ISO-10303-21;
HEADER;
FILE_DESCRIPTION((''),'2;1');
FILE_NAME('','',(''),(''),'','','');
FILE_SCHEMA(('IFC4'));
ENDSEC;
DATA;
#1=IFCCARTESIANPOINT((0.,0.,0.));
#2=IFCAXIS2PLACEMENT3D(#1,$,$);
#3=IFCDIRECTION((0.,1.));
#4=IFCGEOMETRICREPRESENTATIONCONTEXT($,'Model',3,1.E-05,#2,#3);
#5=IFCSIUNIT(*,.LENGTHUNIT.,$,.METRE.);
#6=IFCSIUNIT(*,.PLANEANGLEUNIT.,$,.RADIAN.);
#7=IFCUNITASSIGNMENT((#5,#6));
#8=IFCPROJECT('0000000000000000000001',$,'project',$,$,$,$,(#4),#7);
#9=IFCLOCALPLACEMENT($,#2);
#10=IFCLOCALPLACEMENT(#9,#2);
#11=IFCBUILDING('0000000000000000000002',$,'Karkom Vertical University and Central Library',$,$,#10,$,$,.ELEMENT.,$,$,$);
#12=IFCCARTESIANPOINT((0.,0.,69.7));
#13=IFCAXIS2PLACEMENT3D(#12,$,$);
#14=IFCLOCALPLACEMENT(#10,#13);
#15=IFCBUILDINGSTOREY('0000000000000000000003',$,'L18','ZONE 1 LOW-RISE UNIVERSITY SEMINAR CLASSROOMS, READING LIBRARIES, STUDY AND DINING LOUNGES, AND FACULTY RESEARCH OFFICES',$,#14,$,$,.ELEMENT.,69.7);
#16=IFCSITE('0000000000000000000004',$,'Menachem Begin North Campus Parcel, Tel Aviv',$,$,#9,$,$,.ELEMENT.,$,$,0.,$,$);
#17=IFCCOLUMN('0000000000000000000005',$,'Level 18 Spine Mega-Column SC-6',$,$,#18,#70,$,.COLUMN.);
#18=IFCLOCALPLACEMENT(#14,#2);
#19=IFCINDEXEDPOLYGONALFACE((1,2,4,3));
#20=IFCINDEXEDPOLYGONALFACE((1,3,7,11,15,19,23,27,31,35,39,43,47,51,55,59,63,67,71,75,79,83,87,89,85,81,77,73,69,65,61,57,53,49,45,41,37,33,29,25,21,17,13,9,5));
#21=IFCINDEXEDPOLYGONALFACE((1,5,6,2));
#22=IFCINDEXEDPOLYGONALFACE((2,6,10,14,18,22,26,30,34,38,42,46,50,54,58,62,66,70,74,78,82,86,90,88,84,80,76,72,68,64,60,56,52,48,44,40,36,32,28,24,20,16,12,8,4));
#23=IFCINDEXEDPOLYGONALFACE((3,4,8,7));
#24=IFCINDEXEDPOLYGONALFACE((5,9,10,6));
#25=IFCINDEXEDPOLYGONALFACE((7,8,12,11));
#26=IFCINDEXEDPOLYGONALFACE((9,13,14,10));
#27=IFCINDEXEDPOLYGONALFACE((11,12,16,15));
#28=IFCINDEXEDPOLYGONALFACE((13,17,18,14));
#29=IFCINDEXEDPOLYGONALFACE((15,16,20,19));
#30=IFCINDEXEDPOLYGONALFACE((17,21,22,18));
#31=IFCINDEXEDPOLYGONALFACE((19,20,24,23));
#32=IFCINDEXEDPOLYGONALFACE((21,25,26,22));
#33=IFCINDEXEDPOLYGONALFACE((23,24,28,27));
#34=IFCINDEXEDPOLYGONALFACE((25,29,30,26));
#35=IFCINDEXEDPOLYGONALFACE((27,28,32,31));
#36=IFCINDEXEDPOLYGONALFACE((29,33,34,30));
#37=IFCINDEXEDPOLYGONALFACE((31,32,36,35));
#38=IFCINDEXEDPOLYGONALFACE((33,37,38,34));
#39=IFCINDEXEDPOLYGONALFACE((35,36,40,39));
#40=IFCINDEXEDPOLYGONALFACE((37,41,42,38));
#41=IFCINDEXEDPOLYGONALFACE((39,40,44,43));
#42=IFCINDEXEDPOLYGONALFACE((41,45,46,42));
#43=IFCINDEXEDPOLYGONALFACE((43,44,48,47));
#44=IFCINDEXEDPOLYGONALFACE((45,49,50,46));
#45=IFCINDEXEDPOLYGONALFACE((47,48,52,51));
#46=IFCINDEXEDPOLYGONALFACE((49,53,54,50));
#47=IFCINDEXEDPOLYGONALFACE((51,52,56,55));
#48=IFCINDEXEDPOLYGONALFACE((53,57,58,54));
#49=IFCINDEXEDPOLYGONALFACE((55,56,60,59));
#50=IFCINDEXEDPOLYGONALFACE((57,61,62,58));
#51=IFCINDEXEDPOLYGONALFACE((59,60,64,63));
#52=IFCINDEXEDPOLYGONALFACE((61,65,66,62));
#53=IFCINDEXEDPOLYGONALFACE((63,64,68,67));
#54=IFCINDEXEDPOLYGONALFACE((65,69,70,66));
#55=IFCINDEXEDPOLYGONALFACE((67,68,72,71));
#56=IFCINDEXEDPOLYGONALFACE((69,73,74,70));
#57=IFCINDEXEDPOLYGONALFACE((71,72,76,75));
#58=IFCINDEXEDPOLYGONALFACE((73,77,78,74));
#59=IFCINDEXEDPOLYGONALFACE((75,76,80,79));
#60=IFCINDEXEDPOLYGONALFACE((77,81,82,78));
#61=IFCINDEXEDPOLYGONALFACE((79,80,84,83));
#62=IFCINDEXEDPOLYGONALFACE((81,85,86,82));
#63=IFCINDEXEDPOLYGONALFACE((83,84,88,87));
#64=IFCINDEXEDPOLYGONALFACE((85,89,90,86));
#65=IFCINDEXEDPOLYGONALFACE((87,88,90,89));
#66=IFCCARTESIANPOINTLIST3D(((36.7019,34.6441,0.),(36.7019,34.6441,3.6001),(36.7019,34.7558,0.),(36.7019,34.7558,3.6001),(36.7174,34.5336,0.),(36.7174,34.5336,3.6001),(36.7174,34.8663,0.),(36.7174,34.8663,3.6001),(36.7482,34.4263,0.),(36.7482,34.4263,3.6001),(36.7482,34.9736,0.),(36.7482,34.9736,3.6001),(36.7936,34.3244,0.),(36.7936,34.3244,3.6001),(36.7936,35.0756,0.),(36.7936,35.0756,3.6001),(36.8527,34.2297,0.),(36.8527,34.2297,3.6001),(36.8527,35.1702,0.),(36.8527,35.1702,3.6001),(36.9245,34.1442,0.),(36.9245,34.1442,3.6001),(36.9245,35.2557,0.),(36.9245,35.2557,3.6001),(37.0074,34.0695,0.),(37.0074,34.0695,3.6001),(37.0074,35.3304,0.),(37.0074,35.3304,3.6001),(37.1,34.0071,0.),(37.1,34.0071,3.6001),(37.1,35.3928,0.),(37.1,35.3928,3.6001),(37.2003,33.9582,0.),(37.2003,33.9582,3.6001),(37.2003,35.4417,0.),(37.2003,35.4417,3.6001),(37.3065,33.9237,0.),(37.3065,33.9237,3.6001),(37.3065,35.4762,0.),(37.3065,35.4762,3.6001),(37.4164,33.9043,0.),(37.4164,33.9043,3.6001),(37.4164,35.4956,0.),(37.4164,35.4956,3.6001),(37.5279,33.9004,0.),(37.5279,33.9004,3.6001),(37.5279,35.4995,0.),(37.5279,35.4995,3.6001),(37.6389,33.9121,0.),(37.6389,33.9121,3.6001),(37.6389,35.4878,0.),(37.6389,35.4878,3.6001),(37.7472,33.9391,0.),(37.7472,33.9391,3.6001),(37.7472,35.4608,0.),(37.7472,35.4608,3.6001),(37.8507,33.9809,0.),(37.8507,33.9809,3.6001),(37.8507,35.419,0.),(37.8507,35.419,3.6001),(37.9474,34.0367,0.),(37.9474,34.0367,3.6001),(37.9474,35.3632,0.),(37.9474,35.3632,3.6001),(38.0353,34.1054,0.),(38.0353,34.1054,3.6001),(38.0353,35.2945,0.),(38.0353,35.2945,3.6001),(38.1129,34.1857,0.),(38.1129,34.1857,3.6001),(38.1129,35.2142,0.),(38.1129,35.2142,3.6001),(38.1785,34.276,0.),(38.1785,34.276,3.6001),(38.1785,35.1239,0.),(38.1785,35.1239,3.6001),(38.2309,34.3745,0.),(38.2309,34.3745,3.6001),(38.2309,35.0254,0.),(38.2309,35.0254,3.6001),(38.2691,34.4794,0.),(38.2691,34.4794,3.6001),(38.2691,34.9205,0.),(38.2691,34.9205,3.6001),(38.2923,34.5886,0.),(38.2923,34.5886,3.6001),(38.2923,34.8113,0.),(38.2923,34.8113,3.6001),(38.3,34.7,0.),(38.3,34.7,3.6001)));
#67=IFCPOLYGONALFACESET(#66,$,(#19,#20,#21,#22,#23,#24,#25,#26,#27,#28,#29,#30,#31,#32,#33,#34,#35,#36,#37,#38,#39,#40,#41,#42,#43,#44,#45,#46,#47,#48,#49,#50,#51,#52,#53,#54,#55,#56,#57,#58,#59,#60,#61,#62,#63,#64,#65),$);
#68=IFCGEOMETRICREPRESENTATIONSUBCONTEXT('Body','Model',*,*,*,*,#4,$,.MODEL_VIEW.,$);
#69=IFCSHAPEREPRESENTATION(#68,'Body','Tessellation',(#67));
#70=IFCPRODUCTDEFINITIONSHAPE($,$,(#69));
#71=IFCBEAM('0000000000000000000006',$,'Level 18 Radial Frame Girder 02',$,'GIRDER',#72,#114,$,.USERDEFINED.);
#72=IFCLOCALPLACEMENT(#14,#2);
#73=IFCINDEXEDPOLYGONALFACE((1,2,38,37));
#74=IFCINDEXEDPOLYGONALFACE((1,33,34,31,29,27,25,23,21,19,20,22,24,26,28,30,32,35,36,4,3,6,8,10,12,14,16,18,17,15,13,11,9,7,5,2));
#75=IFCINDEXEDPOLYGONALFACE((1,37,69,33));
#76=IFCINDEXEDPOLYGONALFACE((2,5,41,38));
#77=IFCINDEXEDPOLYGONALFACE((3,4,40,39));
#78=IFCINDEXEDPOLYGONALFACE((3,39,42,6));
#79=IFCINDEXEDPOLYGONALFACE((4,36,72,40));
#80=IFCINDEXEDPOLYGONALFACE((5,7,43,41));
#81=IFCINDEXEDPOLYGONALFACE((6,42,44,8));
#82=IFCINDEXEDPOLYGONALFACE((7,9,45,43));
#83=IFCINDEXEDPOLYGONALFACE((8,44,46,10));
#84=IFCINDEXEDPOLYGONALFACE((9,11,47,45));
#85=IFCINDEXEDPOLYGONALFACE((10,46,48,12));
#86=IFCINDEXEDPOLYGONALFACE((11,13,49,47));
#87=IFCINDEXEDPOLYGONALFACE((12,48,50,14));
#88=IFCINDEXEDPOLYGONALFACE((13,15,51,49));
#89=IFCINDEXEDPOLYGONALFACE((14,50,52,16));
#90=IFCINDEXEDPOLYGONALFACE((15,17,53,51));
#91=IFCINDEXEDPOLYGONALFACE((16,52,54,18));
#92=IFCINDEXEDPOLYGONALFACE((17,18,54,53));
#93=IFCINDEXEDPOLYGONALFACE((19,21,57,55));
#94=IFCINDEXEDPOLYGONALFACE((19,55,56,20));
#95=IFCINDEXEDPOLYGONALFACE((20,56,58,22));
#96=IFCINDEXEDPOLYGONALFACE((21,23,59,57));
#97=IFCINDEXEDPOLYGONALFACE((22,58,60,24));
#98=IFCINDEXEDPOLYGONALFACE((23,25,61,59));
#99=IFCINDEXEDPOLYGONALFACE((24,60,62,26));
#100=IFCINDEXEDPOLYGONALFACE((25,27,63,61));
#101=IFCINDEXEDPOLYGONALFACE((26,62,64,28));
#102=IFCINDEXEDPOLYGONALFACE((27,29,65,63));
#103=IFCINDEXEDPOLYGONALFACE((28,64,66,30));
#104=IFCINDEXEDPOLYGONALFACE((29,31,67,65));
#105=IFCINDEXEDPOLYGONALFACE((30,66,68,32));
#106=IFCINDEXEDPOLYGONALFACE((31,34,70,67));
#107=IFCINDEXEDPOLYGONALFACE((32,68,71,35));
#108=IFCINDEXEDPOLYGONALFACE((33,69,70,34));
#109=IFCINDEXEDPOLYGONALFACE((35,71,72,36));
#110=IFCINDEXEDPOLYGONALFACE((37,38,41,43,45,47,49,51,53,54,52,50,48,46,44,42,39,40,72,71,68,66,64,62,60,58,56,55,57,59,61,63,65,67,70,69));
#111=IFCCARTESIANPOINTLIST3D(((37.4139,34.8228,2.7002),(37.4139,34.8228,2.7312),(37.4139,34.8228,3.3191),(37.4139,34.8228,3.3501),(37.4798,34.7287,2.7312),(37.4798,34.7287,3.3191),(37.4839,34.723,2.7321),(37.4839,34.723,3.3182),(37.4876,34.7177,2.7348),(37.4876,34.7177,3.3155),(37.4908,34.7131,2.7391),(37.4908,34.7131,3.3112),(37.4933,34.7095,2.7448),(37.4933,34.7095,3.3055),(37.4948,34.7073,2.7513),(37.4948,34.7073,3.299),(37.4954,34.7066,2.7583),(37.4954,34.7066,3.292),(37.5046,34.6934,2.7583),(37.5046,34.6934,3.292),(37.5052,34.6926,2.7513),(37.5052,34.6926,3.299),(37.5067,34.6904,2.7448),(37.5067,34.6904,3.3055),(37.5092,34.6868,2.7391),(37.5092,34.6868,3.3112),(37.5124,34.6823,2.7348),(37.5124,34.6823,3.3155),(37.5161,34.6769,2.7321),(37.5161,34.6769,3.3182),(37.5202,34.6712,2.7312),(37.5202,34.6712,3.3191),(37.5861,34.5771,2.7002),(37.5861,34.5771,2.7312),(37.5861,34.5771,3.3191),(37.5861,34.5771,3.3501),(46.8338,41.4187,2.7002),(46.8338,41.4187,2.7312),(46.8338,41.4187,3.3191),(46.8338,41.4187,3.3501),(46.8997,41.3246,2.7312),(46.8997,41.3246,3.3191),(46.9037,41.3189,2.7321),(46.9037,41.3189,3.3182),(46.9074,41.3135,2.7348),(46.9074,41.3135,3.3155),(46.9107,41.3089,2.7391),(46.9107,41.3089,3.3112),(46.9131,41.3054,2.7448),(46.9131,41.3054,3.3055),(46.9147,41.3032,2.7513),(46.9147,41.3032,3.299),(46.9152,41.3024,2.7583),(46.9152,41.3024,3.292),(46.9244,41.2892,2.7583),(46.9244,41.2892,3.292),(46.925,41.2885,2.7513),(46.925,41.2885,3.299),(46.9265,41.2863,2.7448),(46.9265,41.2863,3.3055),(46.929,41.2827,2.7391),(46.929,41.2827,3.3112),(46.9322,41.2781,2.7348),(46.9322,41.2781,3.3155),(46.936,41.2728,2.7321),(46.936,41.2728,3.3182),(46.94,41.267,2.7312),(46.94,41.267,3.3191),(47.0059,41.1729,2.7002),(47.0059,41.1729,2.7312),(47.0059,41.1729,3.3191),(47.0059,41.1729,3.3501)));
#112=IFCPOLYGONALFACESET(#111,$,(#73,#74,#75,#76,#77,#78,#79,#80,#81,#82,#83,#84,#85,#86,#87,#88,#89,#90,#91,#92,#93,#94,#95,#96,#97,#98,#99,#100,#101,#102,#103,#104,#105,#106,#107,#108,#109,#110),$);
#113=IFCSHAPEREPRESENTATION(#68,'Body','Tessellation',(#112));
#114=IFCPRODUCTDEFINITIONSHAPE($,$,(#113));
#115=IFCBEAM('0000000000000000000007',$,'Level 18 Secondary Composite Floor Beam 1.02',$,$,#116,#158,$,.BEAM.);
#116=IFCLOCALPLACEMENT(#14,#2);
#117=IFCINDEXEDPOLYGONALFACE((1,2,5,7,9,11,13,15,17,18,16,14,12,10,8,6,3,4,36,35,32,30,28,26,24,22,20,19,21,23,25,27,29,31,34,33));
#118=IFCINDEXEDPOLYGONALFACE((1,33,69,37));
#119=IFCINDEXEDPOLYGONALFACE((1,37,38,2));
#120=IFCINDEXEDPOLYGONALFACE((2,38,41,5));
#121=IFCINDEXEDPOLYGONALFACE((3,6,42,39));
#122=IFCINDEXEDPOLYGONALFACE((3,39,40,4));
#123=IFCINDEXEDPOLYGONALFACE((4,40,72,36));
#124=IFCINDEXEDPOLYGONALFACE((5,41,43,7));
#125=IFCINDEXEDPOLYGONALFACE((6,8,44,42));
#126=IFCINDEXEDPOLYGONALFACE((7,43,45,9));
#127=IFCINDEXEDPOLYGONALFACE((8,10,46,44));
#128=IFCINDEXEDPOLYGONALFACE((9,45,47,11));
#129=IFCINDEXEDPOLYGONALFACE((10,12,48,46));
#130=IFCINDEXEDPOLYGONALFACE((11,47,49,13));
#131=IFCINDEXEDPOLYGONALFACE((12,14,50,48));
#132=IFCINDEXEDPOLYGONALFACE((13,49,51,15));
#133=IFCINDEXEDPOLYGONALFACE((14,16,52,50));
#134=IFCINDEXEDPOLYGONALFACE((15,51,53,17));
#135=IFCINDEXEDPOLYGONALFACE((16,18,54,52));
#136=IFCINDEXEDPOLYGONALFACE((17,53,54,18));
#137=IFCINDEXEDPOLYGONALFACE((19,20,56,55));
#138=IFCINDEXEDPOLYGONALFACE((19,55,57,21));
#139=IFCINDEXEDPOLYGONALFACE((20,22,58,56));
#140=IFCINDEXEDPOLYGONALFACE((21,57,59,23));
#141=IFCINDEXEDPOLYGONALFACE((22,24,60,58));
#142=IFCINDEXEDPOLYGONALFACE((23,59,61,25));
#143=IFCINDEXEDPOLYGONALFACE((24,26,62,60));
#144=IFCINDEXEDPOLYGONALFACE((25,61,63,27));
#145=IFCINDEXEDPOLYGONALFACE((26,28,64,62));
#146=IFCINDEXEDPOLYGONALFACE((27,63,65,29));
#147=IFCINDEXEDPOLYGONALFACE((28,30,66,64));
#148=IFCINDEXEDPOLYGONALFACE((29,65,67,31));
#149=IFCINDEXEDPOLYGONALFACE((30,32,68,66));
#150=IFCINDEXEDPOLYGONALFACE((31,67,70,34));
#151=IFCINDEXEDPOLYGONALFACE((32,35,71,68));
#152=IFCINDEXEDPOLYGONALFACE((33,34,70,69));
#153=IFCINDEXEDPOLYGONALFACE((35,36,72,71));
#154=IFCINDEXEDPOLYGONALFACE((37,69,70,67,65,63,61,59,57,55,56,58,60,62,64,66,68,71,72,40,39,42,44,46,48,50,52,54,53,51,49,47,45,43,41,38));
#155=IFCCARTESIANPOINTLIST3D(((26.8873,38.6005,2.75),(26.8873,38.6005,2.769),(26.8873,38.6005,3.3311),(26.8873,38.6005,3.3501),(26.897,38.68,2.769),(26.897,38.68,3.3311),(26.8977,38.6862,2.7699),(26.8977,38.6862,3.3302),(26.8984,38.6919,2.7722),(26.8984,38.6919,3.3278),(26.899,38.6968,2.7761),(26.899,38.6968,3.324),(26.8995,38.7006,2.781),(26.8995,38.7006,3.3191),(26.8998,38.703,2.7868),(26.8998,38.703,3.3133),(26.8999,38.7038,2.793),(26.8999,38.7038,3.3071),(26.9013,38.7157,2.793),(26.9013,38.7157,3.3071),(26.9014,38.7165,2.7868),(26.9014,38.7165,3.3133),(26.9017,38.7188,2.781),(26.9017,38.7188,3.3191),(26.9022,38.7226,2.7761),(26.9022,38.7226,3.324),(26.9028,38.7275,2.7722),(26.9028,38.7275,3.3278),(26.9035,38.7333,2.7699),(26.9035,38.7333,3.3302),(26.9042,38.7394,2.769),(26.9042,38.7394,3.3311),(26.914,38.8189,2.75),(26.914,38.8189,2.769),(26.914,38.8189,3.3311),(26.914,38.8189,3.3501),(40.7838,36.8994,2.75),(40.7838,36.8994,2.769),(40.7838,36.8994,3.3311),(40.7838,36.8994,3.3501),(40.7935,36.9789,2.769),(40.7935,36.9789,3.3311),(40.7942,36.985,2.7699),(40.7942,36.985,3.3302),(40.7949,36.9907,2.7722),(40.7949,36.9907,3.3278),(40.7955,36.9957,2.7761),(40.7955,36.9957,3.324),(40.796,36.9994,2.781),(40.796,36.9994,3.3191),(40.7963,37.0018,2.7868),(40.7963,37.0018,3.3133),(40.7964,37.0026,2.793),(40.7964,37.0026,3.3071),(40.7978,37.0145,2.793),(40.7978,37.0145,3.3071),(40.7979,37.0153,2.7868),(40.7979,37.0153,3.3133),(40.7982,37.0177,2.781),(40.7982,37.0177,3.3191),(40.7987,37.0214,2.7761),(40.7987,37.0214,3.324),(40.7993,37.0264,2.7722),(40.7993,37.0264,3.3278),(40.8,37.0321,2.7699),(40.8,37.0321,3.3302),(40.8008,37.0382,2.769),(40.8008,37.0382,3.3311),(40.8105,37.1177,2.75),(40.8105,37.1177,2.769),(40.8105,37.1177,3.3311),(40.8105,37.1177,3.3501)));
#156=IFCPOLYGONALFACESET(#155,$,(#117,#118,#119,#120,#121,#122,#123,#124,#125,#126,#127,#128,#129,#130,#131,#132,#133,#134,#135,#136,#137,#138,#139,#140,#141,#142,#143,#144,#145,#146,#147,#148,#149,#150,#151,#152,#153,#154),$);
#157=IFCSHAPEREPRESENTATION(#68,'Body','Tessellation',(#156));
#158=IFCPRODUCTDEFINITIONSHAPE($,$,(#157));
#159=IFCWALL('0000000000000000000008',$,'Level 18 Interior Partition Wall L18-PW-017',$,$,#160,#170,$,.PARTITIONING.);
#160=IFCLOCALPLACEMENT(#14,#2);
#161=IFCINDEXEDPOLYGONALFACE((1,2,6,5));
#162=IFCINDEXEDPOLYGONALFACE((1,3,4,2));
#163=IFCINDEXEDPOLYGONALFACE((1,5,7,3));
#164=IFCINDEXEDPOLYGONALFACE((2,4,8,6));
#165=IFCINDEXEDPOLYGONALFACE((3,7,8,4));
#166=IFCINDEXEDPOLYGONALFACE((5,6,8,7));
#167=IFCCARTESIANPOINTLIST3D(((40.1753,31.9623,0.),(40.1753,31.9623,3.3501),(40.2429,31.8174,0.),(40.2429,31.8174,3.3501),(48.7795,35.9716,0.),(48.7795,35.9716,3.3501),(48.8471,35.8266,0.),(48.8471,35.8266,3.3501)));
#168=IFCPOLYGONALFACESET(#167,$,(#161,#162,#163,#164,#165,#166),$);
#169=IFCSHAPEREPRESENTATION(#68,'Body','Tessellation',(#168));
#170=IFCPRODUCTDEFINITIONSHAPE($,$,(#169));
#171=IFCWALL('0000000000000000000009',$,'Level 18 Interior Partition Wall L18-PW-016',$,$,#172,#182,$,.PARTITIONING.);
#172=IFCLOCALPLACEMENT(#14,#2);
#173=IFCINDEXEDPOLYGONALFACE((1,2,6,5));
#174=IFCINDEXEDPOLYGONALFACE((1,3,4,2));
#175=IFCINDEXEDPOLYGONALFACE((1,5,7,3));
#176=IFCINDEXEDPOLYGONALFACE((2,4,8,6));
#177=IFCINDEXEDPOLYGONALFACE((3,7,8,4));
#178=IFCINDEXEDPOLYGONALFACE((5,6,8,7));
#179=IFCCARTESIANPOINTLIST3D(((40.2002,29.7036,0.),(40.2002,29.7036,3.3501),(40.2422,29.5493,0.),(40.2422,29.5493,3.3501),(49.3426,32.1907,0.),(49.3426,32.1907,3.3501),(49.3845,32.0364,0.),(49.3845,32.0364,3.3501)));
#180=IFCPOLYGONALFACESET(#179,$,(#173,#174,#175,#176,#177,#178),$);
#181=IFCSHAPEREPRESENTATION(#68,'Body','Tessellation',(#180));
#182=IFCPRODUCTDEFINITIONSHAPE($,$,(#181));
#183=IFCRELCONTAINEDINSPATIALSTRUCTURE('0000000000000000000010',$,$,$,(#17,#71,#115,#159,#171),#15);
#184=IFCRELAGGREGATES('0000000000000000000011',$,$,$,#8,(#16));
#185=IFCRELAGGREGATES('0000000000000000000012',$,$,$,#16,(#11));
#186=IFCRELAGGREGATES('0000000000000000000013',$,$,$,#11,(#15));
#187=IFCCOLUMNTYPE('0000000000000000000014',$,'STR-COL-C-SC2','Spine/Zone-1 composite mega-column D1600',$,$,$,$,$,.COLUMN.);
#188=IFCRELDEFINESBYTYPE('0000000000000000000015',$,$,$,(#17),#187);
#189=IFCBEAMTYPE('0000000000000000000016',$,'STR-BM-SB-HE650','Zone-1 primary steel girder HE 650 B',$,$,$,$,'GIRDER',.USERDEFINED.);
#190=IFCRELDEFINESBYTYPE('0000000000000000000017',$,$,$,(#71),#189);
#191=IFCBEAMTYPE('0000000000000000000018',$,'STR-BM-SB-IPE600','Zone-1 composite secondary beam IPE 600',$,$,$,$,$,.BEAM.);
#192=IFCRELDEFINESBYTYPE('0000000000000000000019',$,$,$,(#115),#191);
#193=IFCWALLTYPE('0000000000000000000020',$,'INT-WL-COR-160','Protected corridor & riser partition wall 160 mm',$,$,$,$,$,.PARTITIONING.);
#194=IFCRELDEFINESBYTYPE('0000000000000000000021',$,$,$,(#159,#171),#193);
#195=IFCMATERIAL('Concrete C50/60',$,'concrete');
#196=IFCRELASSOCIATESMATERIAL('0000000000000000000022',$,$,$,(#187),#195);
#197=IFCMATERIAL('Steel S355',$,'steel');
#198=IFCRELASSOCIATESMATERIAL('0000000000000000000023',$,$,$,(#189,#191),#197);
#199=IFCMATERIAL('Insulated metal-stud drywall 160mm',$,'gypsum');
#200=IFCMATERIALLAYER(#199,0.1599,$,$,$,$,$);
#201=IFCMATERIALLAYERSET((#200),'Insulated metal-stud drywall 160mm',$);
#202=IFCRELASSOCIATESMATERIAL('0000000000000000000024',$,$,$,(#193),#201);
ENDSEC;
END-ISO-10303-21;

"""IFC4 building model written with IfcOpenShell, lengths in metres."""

from ifc_helpers import new_model, si_unit, direction, frame, frame_2d, origin, origin_with_axes, origin_2d, place, context, subcontext, project, spatial, rectangle, circle, i_section, extrude, source, transform, mapped, material, layer, layer_set, material_profile, profile_set, type_object, element, save


model = new_model("IFC4")

# Units and contexts
model_context = context("Model", 3, precision=1e-05, world=origin(), true_north=direction((0.0, 1.0)))
body_context = subcontext(model_context, "Body", "Model", "MODEL_VIEW")
ifc_project = project(units=[si_unit("LENGTHUNIT", "METRE"), si_unit("PLANEANGLEUNIT", "RADIAN")], contexts=[model_context])

# Site, building, storey
site_placement = place(None, origin())
site = spatial("IfcSite", under=ifc_project, at=site_placement, Name="Menachem Begin North Campus Parcel, Tel Aviv", CompositionType="ELEMENT", RefElevation=0.0)
building_placement = place(site_placement, origin())
building = spatial("IfcBuilding", under=site, at=building_placement, Name="Karkom Vertical University and Central Library", CompositionType="ELEMENT")
storey_placement = place(building_placement, frame((0.0, 0.0, 69.7)))
storey = spatial("IfcBuildingStorey", under=building, at=storey_placement, Name="L18", Description="ZONE 1 LOW-RISE UNIVERSITY SEMINAR CLASSROOMS, READING LIBRARIES, STUDY AND DINING LOUNGES, AND FACULTY RESEARCH OFFICES", CompositionType="ELEMENT", Elevation=69.7)

# Column
ifc_material_1 = material(Name="Concrete C50/60", Category="concrete")
ifc_material_profile_1 = material_profile(ifc_material_1, circle(Radius=0.8, at=origin_2d()), Name="CFT-D1600")
ifc_profile_set_1 = profile_set([ifc_material_profile_1], Name="Concrete C50/60")
column_type = type_object("IfcColumnType", Name="STR-COL-C-SC2", Description="Spine/Zone-1 composite mega-column D1600", PredefinedType="COLUMN", material=ifc_profile_set_1)
shared_shape_1 = source(origin_with_axes(), body_context, "Body", "SweptSolid", [
    extrude(circle(Radius=0.8, at=origin_2d()), origin(), (0.0, 0.0, 1.0), 3.6001),
])
column_placement = place(storey_placement, frame((37.5, 34.7, 0.0), z_axis=(0.0, 0.0, 1.0), x_axis=(1.0, 0.0, 0.0)))
element("IfcColumn", 1, at=column_placement, inside=storey, type_object=column_type, Name="Level 18 Spine Mega-Column SC-6", PredefinedType="COLUMN", context=body_context, shape_type="MappedRepresentation", body=[
    mapped(shared_shape_1, transform((0.0, 0.0, 0.0), scale=1.0)),
])

# Beams
ifc_material_2 = material(Name="Steel S355", Category="steel")
ifc_material_profile_2 = material_profile(ifc_material_2, i_section(OverallWidth=0.3, OverallDepth=0.6499, WebThickness=0.0161, FlangeThickness=0.031, FilletRadius=0.0271, at=origin_2d()), Name="HE 650 B")
ifc_profile_set_2 = profile_set([ifc_material_profile_2], Name="Steel S355")
beam_type_1 = type_object("IfcBeamType", Name="STR-BM-SB-HE650", Description="Zone-1 primary steel girder HE 650 B", ElementType="GIRDER", PredefinedType="USERDEFINED", material=ifc_profile_set_2)
shared_shape_2 = source(origin_with_axes(), body_context, "Body", "SweptSolid", [
    extrude(i_section(OverallWidth=0.3, OverallDepth=0.6499, WebThickness=0.0161, FlangeThickness=0.031, FilletRadius=0.0271, at=origin_2d()), origin(), (0.0, 0.0, 1.0), 11.4995),
])
beam_1_placement = place(storey_placement, frame((37.5, 34.7, 3.0251), z_axis=(0.81915, 0.573579, 0.0), x_axis=(-0.573579, 0.81915, 0.0)))
element("IfcBeam", 2, at=beam_1_placement, inside=storey, type_object=beam_type_1, Name="Level 18 Radial Frame Girder 02", ObjectType="GIRDER", PredefinedType="USERDEFINED", context=body_context, shape_type="MappedRepresentation", body=[
    mapped(shared_shape_2, transform((0.0, 0.0, 0.0), scale=1.0)),
])
ifc_material_profile_3 = material_profile(ifc_material_2, i_section(OverallWidth=0.22, OverallDepth=0.6001, WebThickness=0.012, FlangeThickness=0.019, FilletRadius=0.0239, at=origin_2d()), Name="IPE 600")
ifc_profile_set_3 = profile_set([ifc_material_profile_3], Name="Steel S355")
beam_type_2 = type_object("IfcBeamType", Name="STR-BM-SB-IPE600", Description="Zone-1 composite secondary beam IPE 600", PredefinedType="BEAM", material=ifc_profile_set_3)
shared_shape_3 = source(origin_with_axes(), body_context, "Body", "SweptSolid", [
    extrude(i_section(OverallWidth=0.22, OverallDepth=0.6001, WebThickness=0.012, FlangeThickness=0.019, FilletRadius=0.0239, at=origin_2d()), origin(), (0.0, 0.0, 1.0), 14.0002),
])
beam_2_placement = place(storey_placement, frame((40.7971, 37.0085, 3.05), z_axis=(-0.99259, 0.12151, 0.0), x_axis=(-0.12151, -0.99259, 0.0)))
element("IfcBeam", 3, at=beam_2_placement, inside=storey, type_object=beam_type_2, Name="Level 18 Secondary Composite Floor Beam 1.02", PredefinedType="BEAM", context=body_context, shape_type="MappedRepresentation", body=[
    mapped(shared_shape_3, transform((0.0, 0.0, 0.0), scale=1.0)),
])

# Walls
ifc_material_3 = material(Name="Insulated metal-stud drywall 160mm", Category="gypsum")
ifc_layer_1 = layer(ifc_material_3, 0.1599)
ifc_layer_set_1 = layer_set([ifc_layer_1], Name="Insulated metal-stud drywall 160mm")
wall_type_1 = type_object("IfcWallType", Name="INT-WL-COR-160", Description="Protected corridor & riser partition wall 160 mm", PredefinedType="PARTITIONING", material=ifc_layer_set_1)
wall_1_placement = place(storey_placement, frame((40.2092, 31.8899, 0.0), z_axis=(0.0, 0.0, 1.0), x_axis=(0.906427, 0.422363, 0.0)))
element("IfcWall", 4, at=wall_1_placement, inside=storey, type_object=wall_type_1, Name="Level 18 Interior Partition Wall L18-PW-017", PredefinedType="PARTITIONING", context=body_context, shape_type="SweptSolid", body=[
    extrude(rectangle(XDim=9.4924, YDim=0.1599, at=frame_2d((4.7461, 0.0))), origin(), (0.0, 0.0, 1.0), 3.3501),
])
wall_2_placement = place(storey_placement, frame((40.2212, 29.6265, 0.0), z_axis=(0.0, 0.0, 1.0), x_axis=(0.964933, 0.262498, 0.0)))
element("IfcWall", 5, at=wall_2_placement, inside=storey, type_object=wall_type_1, Name="Level 18 Interior Partition Wall L18-PW-016", PredefinedType="PARTITIONING", context=body_context, shape_type="SweptSolid", body=[
    extrude(rectangle(XDim=9.4746, YDim=0.1599, at=frame_2d((4.7373, 0.0))), origin(), (0.0, 0.0, 1.0), 3.3501),
])

save(model, "model.ifc")
